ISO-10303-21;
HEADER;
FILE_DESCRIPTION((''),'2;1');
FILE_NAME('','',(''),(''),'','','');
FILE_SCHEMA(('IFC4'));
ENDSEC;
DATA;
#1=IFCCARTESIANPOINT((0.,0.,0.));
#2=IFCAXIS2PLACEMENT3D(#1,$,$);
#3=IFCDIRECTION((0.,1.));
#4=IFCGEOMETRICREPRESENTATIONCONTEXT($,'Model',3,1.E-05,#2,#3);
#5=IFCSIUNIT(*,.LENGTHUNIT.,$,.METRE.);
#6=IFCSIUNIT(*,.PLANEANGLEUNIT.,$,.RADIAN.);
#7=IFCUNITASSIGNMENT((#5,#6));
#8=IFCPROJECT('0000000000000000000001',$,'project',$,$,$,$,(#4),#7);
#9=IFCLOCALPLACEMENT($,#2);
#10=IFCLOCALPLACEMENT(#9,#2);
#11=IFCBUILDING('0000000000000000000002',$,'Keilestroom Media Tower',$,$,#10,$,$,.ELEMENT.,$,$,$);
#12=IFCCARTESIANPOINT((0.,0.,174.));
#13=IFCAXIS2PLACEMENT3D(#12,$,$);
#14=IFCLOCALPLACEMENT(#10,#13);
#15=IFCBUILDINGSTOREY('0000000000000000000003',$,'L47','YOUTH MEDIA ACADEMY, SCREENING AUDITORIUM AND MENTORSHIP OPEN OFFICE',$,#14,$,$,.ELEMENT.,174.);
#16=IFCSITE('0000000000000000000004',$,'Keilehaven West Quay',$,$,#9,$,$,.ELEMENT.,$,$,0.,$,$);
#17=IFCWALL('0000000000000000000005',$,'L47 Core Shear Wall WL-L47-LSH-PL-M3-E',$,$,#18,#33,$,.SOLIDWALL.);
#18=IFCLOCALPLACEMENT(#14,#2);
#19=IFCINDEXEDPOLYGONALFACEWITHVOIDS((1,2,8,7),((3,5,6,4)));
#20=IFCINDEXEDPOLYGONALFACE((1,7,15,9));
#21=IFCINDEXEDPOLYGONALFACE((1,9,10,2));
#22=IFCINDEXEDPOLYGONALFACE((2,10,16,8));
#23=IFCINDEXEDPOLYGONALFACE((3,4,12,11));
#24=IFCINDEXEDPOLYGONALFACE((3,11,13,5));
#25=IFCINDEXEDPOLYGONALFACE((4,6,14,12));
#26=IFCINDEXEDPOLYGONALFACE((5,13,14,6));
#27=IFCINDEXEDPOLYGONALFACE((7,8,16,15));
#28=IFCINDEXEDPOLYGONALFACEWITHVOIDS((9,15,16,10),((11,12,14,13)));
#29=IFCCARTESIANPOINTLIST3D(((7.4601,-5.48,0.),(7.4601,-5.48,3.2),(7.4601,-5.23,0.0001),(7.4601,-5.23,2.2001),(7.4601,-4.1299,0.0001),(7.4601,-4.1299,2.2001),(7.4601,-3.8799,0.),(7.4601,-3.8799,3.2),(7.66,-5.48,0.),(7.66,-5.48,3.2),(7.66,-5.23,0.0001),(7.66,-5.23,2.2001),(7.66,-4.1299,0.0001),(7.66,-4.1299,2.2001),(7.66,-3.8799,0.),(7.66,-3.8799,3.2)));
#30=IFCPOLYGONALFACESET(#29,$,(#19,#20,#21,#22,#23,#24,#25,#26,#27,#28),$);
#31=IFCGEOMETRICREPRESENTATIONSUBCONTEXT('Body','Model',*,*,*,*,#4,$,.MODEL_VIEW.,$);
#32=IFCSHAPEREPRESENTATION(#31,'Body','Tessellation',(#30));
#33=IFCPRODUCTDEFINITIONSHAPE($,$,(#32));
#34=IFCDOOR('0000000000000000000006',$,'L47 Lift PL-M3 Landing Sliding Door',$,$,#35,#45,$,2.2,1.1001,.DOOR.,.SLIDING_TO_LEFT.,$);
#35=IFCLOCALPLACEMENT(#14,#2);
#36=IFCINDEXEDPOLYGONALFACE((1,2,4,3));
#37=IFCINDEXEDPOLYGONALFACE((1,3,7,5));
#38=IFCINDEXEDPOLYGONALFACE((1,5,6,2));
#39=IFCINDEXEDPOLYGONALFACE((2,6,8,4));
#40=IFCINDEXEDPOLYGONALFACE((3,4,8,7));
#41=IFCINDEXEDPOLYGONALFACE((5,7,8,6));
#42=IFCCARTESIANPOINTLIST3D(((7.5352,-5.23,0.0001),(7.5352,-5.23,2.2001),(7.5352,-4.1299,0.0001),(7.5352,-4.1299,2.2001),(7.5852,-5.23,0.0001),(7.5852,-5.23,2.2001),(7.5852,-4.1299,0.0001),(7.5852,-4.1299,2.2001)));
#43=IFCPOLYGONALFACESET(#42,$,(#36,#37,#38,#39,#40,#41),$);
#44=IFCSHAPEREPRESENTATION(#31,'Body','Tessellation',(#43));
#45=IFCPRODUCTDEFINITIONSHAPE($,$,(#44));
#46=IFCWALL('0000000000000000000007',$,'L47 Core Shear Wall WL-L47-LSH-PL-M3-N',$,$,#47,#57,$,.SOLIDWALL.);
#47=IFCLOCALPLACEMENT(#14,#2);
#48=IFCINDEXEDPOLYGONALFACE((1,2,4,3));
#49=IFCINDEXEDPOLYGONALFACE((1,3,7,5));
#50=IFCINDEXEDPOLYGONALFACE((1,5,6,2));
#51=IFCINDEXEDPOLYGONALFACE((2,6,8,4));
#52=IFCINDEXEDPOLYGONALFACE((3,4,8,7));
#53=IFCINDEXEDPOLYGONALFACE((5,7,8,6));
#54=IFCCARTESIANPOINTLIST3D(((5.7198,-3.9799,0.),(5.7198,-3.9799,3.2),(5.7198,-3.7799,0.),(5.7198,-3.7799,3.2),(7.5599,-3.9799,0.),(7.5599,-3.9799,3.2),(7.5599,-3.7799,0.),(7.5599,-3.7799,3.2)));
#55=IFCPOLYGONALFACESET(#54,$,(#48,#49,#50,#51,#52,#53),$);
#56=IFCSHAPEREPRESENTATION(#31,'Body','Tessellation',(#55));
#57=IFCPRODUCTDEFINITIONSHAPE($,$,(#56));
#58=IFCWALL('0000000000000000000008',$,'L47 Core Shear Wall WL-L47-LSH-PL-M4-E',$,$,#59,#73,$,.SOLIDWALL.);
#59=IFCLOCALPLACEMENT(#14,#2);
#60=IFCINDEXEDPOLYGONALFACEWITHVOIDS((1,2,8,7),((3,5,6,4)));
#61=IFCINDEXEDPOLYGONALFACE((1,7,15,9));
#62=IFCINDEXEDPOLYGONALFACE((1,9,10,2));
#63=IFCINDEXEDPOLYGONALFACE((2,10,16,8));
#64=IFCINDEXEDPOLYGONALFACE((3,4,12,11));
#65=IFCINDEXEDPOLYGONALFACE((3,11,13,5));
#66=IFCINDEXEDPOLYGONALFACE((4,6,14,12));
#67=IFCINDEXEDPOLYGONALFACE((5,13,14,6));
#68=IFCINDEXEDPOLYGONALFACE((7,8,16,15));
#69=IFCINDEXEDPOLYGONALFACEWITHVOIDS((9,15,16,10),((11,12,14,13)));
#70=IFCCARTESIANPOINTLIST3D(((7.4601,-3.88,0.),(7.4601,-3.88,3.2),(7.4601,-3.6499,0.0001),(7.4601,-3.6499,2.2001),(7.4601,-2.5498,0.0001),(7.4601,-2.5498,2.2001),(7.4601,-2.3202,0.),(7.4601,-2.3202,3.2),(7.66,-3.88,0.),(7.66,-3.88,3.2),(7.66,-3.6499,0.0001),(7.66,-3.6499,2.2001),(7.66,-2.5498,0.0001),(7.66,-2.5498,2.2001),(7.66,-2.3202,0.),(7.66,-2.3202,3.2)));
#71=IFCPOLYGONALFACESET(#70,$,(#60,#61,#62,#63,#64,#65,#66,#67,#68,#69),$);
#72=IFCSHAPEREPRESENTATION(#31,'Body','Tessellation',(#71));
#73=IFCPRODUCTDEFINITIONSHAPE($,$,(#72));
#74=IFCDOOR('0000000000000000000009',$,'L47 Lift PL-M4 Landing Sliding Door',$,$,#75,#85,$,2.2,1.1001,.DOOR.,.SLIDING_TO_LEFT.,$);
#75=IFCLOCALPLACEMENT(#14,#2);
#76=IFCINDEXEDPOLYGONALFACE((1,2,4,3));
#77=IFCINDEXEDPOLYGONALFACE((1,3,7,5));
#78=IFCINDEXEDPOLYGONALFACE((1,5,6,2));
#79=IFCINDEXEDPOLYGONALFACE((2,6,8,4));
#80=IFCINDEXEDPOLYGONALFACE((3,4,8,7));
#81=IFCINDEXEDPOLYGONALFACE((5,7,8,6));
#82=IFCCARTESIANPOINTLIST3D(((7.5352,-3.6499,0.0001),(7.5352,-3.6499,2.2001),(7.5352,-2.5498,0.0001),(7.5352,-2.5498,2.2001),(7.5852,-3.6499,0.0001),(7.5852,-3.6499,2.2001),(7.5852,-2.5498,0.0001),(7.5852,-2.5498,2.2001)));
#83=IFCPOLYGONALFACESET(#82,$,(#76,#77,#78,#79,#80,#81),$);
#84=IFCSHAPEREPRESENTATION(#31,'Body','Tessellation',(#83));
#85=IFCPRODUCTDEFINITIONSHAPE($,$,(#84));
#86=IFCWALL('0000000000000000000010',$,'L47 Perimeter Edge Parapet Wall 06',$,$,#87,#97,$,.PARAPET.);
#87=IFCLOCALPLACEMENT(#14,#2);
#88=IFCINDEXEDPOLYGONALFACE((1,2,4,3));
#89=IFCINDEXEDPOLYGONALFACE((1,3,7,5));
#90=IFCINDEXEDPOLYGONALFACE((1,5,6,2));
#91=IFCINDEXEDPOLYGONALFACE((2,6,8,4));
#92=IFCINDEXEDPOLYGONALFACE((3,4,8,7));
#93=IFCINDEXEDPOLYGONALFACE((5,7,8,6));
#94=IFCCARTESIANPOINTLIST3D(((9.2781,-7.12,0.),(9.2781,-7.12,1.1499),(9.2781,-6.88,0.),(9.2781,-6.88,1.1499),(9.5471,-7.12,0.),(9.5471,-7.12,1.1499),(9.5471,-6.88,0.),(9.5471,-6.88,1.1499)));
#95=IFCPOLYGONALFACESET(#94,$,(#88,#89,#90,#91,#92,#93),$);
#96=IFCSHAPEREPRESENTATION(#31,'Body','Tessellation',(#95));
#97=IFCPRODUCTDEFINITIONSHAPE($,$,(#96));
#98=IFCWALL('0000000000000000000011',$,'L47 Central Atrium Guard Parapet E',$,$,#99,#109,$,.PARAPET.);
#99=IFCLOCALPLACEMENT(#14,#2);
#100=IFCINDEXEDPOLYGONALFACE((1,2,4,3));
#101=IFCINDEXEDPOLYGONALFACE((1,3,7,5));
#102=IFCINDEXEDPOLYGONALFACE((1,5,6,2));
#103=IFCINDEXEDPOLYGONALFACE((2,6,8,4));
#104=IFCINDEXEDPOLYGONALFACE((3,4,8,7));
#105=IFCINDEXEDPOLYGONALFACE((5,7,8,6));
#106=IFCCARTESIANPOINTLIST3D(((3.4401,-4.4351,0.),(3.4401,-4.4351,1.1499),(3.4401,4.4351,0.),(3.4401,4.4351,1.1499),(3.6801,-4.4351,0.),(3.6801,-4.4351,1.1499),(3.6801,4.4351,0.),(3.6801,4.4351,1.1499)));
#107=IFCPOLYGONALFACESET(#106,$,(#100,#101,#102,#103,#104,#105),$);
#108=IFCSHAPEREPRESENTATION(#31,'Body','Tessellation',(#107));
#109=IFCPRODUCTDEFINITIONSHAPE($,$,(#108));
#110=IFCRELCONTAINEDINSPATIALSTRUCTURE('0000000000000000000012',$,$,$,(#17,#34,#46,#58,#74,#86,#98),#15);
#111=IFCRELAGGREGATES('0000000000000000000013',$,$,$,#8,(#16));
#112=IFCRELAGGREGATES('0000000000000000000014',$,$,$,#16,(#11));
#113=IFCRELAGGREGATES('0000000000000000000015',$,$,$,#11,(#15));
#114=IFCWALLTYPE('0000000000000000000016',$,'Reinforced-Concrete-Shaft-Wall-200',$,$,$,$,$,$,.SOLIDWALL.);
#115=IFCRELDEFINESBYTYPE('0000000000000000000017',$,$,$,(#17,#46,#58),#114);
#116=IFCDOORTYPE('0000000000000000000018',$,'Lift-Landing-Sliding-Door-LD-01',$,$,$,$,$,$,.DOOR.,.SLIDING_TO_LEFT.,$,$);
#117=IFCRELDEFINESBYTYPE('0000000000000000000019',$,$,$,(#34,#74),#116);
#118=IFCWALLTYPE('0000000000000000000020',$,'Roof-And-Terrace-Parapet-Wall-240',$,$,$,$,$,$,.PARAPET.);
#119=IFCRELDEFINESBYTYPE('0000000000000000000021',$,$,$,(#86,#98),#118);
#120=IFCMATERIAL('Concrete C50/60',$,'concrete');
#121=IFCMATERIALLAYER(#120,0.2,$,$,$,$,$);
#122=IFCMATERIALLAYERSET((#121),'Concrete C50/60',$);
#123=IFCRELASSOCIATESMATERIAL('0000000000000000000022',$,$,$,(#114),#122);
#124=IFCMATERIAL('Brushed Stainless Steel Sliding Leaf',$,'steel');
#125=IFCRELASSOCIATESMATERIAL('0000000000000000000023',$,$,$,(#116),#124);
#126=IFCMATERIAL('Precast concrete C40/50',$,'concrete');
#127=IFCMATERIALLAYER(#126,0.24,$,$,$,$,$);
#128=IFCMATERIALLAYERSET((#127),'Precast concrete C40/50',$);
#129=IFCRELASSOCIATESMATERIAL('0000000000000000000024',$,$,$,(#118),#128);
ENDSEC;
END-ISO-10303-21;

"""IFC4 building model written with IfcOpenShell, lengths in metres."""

from ifc_helpers import new_model, si_unit, direction, frame, frame_2d, origin, place, context, subcontext, project, spatial, rectangle, extrude, source, transform, mapped, material, layer, layer_set, type_object, element, fill, save


model = new_model("IFC4")

# Units and contexts
model_context = context("Model", 3, precision=1e-05, world=origin(), true_north=direction((0.0, 1.0)))
body_context = subcontext(model_context, "Body", "Model", "MODEL_VIEW")
ifc_project = project(units=[si_unit("LENGTHUNIT", "METRE"), si_unit("PLANEANGLEUNIT", "RADIAN")], contexts=[model_context])

# Site, building, storey
site_placement = place(None, origin())
site = spatial("IfcSite", under=ifc_project, at=site_placement, Name="Keilehaven West Quay", CompositionType="ELEMENT", RefElevation=0.0)
building_placement = place(site_placement, origin())
building = spatial("IfcBuilding", under=site, at=building_placement, Name="Keilestroom Media Tower", CompositionType="ELEMENT")
storey_placement = place(building_placement, frame((0.0, 0.0, 174.0)))
storey = spatial("IfcBuildingStorey", under=building, at=storey_placement, Name="L47", Description="YOUTH MEDIA ACADEMY, SCREENING AUDITORIUM AND MENTORSHIP OPEN OFFICE", CompositionType="ELEMENT", Elevation=174.0)

# Shared definitions
ifc_material_1 = material(Name="Concrete C50/60", Category="concrete")
ifc_layer_1 = layer(ifc_material_1, 0.2)
ifc_layer_set_1 = layer_set([ifc_layer_1], Name="Concrete C50/60")
wall_type_1 = type_object("IfcWallType", Name="Reinforced-Concrete-Shaft-Wall-200", PredefinedType="SOLIDWALL", material=ifc_layer_set_1)

# Shared definitions
ifc_material_2 = material(Name="Brushed Stainless Steel Sliding Leaf", Category="steel")

# Wall, opening, door
wall_1_placement = place(storey_placement, frame((7.5601, -5.48, 0.0), z_axis=(0.0, 0.0, 1.0), x_axis=(0.0, 1.0, 0.0)))
wall_1 = element("IfcWall", 1, at=wall_1_placement, inside=storey, type_object=wall_type_1, Name="L47 Core Shear Wall WL-L47-LSH-PL-M3-E", PredefinedType="SOLIDWALL", context=body_context, shape_type="SweptSolid", body=[
    extrude(rectangle(XDim=1.6001, YDim=0.2, at=frame_2d((0.8, 0.0))), origin(), (0.0, 0.0, 1.0), 3.2),
])
opening_1_placement = place(wall_1_placement, frame((0.25, 0.0, 0.0)))
opening_1 = element("IfcOpeningElement", 2, at=opening_1_placement, cuts=wall_1, PredefinedType="OPENING", context=body_context, shape_type="SweptSolid", body=[
    extrude(rectangle(XDim=1.1001, YDim=2.2, at=frame_2d((0.55, 1.1001))), frame((0.0, 0.1099, 0.0), z_axis=(0.0, -1.0, 0.0), x_axis=(1.0, 0.0, 0.0)), (0.0, 0.0, 1.0), 0.22),
])
door_type_1 = type_object("IfcDoorType", Name="Lift-Landing-Sliding-Door-LD-01", OperationType="SLIDING_TO_LEFT", PredefinedType="DOOR", material=ifc_material_2)
shared_shape_1 = source(origin(), body_context, "Body", "SweptSolid", [
    extrude(rectangle(XDim=1.1001, YDim=2.2, at=frame_2d((0.55, 1.1001))), frame((0.0, 0.0249, 0.0), z_axis=(0.0, -1.0, 0.0), x_axis=(1.0, 0.0, 0.0)), (0.0, 0.0, 1.0), 0.05),
])
door_1_placement = place(opening_1_placement, origin())
door_1 = element("IfcDoor", 3, at=door_1_placement, inside=storey, type_object=door_type_1, Name="L47 Lift PL-M3 Landing Sliding Door", OperationType="SLIDING_TO_LEFT", OverallHeight=2.2, OverallWidth=1.1001, PredefinedType="DOOR", context=body_context, shape_type="MappedRepresentation", body=[
    mapped(shared_shape_1, transform((0.0, 0.0, 0.0), x_axis=(1.0, 0.0, 0.0), y_axis=(0.0, 1.0, 0.0), z_axis=(0.0, 0.0, 1.0), scale=1.0)),
])
fill(opening_1, door_1)

# Wall
wall_2_placement = place(storey_placement, frame((5.72, -3.8799, 0.0), z_axis=(0.0, 0.0, 1.0), x_axis=(1.0, 0.0, 0.0)))
element("IfcWall", 4, at=wall_2_placement, inside=storey, type_object=wall_type_1, Name="L47 Core Shear Wall WL-L47-LSH-PL-M3-N", PredefinedType="SOLIDWALL", context=body_context, shape_type="SweptSolid", body=[
    extrude(rectangle(XDim=1.8401, YDim=0.2, at=frame_2d((0.9199, 0.0))), origin(), (0.0, 0.0, 1.0), 3.2),
])

# Wall, opening, door
wall_3_placement = place(storey_placement, frame((7.5601, -3.8799, 0.0), z_axis=(0.0, 0.0, 1.0), x_axis=(0.0, 1.0, 0.0)))
wall_3 = element("IfcWall", 5, at=wall_3_placement, inside=storey, type_object=wall_type_1, Name="L47 Core Shear Wall WL-L47-LSH-PL-M4-E", PredefinedType="SOLIDWALL", context=body_context, shape_type="SweptSolid", body=[
    extrude(rectangle(XDim=1.5598, YDim=0.2, at=frame_2d((0.7798, 0.0))), origin(), (0.0, 0.0, 1.0), 3.2),
])
opening_2_placement = place(wall_3_placement, frame((0.23, 0.0, 0.0)))
opening_2 = element("IfcOpeningElement", 6, at=opening_2_placement, cuts=wall_3, PredefinedType="OPENING", context=body_context, shape_type="SweptSolid", body=[
    extrude(rectangle(XDim=1.1001, YDim=2.2, at=frame_2d((0.55, 1.1001))), frame((0.0, 0.1099, 0.0), z_axis=(0.0, -1.0, 0.0), x_axis=(1.0, 0.0, 0.0)), (0.0, 0.0, 1.0), 0.22),
])
door_2_placement = place(opening_2_placement, origin())
door_2 = element("IfcDoor", 7, at=door_2_placement, inside=storey, type_object=door_type_1, Name="L47 Lift PL-M4 Landing Sliding Door", OperationType="SLIDING_TO_LEFT", OverallHeight=2.2, OverallWidth=1.1001, PredefinedType="DOOR", context=body_context, shape_type="MappedRepresentation", body=[
    mapped(shared_shape_1, transform((0.0, 0.0, 0.0), x_axis=(1.0, 0.0, 0.0), y_axis=(0.0, 1.0, 0.0), z_axis=(0.0, 0.0, 1.0), scale=1.0)),
])
fill(opening_2, door_2)

# Walls
ifc_material_3 = material(Name="Precast concrete C40/50", Category="concrete")
ifc_layer_2 = layer(ifc_material_3, 0.24)
ifc_layer_set_2 = layer_set([ifc_layer_2], Name="Precast concrete C40/50")
wall_type_2 = type_object("IfcWallType", Name="Roof-And-Terrace-Parapet-Wall-240", PredefinedType="PARAPET", material=ifc_layer_set_2)
wall_4_placement = place(storey_placement, frame((9.5471, -7.0, 0.0), z_axis=(0.0, 0.0, 1.0), x_axis=(-1.0, 0.0, 0.0)))
element("IfcWall", 8, at=wall_4_placement, inside=storey, type_object=wall_type_2, Name="L47 Perimeter Edge Parapet Wall 06", PredefinedType="PARAPET", context=body_context, shape_type="SweptSolid", body=[
    extrude(rectangle(XDim=0.269, YDim=0.24, at=frame_2d((0.1345, 0.0))), origin(), (0.0, 0.0, 1.0), 1.1499),
])
wall_5_placement = place(storey_placement, frame((3.5601, -4.4351, 0.0), z_axis=(0.0, 0.0, 1.0), x_axis=(0.0, 1.0, 0.0)))
element("IfcWall", 9, at=wall_5_placement, inside=storey, type_object=wall_type_2, Name="L47 Central Atrium Guard Parapet E", PredefinedType="PARAPET", context=body_context, shape_type="SweptSolid", body=[
    extrude(rectangle(XDim=8.8701, YDim=0.24, at=frame_2d((4.4351, 0.0))), origin(), (0.0, 0.0, 1.0), 1.1499),
])

save(model, "model.ifc")
